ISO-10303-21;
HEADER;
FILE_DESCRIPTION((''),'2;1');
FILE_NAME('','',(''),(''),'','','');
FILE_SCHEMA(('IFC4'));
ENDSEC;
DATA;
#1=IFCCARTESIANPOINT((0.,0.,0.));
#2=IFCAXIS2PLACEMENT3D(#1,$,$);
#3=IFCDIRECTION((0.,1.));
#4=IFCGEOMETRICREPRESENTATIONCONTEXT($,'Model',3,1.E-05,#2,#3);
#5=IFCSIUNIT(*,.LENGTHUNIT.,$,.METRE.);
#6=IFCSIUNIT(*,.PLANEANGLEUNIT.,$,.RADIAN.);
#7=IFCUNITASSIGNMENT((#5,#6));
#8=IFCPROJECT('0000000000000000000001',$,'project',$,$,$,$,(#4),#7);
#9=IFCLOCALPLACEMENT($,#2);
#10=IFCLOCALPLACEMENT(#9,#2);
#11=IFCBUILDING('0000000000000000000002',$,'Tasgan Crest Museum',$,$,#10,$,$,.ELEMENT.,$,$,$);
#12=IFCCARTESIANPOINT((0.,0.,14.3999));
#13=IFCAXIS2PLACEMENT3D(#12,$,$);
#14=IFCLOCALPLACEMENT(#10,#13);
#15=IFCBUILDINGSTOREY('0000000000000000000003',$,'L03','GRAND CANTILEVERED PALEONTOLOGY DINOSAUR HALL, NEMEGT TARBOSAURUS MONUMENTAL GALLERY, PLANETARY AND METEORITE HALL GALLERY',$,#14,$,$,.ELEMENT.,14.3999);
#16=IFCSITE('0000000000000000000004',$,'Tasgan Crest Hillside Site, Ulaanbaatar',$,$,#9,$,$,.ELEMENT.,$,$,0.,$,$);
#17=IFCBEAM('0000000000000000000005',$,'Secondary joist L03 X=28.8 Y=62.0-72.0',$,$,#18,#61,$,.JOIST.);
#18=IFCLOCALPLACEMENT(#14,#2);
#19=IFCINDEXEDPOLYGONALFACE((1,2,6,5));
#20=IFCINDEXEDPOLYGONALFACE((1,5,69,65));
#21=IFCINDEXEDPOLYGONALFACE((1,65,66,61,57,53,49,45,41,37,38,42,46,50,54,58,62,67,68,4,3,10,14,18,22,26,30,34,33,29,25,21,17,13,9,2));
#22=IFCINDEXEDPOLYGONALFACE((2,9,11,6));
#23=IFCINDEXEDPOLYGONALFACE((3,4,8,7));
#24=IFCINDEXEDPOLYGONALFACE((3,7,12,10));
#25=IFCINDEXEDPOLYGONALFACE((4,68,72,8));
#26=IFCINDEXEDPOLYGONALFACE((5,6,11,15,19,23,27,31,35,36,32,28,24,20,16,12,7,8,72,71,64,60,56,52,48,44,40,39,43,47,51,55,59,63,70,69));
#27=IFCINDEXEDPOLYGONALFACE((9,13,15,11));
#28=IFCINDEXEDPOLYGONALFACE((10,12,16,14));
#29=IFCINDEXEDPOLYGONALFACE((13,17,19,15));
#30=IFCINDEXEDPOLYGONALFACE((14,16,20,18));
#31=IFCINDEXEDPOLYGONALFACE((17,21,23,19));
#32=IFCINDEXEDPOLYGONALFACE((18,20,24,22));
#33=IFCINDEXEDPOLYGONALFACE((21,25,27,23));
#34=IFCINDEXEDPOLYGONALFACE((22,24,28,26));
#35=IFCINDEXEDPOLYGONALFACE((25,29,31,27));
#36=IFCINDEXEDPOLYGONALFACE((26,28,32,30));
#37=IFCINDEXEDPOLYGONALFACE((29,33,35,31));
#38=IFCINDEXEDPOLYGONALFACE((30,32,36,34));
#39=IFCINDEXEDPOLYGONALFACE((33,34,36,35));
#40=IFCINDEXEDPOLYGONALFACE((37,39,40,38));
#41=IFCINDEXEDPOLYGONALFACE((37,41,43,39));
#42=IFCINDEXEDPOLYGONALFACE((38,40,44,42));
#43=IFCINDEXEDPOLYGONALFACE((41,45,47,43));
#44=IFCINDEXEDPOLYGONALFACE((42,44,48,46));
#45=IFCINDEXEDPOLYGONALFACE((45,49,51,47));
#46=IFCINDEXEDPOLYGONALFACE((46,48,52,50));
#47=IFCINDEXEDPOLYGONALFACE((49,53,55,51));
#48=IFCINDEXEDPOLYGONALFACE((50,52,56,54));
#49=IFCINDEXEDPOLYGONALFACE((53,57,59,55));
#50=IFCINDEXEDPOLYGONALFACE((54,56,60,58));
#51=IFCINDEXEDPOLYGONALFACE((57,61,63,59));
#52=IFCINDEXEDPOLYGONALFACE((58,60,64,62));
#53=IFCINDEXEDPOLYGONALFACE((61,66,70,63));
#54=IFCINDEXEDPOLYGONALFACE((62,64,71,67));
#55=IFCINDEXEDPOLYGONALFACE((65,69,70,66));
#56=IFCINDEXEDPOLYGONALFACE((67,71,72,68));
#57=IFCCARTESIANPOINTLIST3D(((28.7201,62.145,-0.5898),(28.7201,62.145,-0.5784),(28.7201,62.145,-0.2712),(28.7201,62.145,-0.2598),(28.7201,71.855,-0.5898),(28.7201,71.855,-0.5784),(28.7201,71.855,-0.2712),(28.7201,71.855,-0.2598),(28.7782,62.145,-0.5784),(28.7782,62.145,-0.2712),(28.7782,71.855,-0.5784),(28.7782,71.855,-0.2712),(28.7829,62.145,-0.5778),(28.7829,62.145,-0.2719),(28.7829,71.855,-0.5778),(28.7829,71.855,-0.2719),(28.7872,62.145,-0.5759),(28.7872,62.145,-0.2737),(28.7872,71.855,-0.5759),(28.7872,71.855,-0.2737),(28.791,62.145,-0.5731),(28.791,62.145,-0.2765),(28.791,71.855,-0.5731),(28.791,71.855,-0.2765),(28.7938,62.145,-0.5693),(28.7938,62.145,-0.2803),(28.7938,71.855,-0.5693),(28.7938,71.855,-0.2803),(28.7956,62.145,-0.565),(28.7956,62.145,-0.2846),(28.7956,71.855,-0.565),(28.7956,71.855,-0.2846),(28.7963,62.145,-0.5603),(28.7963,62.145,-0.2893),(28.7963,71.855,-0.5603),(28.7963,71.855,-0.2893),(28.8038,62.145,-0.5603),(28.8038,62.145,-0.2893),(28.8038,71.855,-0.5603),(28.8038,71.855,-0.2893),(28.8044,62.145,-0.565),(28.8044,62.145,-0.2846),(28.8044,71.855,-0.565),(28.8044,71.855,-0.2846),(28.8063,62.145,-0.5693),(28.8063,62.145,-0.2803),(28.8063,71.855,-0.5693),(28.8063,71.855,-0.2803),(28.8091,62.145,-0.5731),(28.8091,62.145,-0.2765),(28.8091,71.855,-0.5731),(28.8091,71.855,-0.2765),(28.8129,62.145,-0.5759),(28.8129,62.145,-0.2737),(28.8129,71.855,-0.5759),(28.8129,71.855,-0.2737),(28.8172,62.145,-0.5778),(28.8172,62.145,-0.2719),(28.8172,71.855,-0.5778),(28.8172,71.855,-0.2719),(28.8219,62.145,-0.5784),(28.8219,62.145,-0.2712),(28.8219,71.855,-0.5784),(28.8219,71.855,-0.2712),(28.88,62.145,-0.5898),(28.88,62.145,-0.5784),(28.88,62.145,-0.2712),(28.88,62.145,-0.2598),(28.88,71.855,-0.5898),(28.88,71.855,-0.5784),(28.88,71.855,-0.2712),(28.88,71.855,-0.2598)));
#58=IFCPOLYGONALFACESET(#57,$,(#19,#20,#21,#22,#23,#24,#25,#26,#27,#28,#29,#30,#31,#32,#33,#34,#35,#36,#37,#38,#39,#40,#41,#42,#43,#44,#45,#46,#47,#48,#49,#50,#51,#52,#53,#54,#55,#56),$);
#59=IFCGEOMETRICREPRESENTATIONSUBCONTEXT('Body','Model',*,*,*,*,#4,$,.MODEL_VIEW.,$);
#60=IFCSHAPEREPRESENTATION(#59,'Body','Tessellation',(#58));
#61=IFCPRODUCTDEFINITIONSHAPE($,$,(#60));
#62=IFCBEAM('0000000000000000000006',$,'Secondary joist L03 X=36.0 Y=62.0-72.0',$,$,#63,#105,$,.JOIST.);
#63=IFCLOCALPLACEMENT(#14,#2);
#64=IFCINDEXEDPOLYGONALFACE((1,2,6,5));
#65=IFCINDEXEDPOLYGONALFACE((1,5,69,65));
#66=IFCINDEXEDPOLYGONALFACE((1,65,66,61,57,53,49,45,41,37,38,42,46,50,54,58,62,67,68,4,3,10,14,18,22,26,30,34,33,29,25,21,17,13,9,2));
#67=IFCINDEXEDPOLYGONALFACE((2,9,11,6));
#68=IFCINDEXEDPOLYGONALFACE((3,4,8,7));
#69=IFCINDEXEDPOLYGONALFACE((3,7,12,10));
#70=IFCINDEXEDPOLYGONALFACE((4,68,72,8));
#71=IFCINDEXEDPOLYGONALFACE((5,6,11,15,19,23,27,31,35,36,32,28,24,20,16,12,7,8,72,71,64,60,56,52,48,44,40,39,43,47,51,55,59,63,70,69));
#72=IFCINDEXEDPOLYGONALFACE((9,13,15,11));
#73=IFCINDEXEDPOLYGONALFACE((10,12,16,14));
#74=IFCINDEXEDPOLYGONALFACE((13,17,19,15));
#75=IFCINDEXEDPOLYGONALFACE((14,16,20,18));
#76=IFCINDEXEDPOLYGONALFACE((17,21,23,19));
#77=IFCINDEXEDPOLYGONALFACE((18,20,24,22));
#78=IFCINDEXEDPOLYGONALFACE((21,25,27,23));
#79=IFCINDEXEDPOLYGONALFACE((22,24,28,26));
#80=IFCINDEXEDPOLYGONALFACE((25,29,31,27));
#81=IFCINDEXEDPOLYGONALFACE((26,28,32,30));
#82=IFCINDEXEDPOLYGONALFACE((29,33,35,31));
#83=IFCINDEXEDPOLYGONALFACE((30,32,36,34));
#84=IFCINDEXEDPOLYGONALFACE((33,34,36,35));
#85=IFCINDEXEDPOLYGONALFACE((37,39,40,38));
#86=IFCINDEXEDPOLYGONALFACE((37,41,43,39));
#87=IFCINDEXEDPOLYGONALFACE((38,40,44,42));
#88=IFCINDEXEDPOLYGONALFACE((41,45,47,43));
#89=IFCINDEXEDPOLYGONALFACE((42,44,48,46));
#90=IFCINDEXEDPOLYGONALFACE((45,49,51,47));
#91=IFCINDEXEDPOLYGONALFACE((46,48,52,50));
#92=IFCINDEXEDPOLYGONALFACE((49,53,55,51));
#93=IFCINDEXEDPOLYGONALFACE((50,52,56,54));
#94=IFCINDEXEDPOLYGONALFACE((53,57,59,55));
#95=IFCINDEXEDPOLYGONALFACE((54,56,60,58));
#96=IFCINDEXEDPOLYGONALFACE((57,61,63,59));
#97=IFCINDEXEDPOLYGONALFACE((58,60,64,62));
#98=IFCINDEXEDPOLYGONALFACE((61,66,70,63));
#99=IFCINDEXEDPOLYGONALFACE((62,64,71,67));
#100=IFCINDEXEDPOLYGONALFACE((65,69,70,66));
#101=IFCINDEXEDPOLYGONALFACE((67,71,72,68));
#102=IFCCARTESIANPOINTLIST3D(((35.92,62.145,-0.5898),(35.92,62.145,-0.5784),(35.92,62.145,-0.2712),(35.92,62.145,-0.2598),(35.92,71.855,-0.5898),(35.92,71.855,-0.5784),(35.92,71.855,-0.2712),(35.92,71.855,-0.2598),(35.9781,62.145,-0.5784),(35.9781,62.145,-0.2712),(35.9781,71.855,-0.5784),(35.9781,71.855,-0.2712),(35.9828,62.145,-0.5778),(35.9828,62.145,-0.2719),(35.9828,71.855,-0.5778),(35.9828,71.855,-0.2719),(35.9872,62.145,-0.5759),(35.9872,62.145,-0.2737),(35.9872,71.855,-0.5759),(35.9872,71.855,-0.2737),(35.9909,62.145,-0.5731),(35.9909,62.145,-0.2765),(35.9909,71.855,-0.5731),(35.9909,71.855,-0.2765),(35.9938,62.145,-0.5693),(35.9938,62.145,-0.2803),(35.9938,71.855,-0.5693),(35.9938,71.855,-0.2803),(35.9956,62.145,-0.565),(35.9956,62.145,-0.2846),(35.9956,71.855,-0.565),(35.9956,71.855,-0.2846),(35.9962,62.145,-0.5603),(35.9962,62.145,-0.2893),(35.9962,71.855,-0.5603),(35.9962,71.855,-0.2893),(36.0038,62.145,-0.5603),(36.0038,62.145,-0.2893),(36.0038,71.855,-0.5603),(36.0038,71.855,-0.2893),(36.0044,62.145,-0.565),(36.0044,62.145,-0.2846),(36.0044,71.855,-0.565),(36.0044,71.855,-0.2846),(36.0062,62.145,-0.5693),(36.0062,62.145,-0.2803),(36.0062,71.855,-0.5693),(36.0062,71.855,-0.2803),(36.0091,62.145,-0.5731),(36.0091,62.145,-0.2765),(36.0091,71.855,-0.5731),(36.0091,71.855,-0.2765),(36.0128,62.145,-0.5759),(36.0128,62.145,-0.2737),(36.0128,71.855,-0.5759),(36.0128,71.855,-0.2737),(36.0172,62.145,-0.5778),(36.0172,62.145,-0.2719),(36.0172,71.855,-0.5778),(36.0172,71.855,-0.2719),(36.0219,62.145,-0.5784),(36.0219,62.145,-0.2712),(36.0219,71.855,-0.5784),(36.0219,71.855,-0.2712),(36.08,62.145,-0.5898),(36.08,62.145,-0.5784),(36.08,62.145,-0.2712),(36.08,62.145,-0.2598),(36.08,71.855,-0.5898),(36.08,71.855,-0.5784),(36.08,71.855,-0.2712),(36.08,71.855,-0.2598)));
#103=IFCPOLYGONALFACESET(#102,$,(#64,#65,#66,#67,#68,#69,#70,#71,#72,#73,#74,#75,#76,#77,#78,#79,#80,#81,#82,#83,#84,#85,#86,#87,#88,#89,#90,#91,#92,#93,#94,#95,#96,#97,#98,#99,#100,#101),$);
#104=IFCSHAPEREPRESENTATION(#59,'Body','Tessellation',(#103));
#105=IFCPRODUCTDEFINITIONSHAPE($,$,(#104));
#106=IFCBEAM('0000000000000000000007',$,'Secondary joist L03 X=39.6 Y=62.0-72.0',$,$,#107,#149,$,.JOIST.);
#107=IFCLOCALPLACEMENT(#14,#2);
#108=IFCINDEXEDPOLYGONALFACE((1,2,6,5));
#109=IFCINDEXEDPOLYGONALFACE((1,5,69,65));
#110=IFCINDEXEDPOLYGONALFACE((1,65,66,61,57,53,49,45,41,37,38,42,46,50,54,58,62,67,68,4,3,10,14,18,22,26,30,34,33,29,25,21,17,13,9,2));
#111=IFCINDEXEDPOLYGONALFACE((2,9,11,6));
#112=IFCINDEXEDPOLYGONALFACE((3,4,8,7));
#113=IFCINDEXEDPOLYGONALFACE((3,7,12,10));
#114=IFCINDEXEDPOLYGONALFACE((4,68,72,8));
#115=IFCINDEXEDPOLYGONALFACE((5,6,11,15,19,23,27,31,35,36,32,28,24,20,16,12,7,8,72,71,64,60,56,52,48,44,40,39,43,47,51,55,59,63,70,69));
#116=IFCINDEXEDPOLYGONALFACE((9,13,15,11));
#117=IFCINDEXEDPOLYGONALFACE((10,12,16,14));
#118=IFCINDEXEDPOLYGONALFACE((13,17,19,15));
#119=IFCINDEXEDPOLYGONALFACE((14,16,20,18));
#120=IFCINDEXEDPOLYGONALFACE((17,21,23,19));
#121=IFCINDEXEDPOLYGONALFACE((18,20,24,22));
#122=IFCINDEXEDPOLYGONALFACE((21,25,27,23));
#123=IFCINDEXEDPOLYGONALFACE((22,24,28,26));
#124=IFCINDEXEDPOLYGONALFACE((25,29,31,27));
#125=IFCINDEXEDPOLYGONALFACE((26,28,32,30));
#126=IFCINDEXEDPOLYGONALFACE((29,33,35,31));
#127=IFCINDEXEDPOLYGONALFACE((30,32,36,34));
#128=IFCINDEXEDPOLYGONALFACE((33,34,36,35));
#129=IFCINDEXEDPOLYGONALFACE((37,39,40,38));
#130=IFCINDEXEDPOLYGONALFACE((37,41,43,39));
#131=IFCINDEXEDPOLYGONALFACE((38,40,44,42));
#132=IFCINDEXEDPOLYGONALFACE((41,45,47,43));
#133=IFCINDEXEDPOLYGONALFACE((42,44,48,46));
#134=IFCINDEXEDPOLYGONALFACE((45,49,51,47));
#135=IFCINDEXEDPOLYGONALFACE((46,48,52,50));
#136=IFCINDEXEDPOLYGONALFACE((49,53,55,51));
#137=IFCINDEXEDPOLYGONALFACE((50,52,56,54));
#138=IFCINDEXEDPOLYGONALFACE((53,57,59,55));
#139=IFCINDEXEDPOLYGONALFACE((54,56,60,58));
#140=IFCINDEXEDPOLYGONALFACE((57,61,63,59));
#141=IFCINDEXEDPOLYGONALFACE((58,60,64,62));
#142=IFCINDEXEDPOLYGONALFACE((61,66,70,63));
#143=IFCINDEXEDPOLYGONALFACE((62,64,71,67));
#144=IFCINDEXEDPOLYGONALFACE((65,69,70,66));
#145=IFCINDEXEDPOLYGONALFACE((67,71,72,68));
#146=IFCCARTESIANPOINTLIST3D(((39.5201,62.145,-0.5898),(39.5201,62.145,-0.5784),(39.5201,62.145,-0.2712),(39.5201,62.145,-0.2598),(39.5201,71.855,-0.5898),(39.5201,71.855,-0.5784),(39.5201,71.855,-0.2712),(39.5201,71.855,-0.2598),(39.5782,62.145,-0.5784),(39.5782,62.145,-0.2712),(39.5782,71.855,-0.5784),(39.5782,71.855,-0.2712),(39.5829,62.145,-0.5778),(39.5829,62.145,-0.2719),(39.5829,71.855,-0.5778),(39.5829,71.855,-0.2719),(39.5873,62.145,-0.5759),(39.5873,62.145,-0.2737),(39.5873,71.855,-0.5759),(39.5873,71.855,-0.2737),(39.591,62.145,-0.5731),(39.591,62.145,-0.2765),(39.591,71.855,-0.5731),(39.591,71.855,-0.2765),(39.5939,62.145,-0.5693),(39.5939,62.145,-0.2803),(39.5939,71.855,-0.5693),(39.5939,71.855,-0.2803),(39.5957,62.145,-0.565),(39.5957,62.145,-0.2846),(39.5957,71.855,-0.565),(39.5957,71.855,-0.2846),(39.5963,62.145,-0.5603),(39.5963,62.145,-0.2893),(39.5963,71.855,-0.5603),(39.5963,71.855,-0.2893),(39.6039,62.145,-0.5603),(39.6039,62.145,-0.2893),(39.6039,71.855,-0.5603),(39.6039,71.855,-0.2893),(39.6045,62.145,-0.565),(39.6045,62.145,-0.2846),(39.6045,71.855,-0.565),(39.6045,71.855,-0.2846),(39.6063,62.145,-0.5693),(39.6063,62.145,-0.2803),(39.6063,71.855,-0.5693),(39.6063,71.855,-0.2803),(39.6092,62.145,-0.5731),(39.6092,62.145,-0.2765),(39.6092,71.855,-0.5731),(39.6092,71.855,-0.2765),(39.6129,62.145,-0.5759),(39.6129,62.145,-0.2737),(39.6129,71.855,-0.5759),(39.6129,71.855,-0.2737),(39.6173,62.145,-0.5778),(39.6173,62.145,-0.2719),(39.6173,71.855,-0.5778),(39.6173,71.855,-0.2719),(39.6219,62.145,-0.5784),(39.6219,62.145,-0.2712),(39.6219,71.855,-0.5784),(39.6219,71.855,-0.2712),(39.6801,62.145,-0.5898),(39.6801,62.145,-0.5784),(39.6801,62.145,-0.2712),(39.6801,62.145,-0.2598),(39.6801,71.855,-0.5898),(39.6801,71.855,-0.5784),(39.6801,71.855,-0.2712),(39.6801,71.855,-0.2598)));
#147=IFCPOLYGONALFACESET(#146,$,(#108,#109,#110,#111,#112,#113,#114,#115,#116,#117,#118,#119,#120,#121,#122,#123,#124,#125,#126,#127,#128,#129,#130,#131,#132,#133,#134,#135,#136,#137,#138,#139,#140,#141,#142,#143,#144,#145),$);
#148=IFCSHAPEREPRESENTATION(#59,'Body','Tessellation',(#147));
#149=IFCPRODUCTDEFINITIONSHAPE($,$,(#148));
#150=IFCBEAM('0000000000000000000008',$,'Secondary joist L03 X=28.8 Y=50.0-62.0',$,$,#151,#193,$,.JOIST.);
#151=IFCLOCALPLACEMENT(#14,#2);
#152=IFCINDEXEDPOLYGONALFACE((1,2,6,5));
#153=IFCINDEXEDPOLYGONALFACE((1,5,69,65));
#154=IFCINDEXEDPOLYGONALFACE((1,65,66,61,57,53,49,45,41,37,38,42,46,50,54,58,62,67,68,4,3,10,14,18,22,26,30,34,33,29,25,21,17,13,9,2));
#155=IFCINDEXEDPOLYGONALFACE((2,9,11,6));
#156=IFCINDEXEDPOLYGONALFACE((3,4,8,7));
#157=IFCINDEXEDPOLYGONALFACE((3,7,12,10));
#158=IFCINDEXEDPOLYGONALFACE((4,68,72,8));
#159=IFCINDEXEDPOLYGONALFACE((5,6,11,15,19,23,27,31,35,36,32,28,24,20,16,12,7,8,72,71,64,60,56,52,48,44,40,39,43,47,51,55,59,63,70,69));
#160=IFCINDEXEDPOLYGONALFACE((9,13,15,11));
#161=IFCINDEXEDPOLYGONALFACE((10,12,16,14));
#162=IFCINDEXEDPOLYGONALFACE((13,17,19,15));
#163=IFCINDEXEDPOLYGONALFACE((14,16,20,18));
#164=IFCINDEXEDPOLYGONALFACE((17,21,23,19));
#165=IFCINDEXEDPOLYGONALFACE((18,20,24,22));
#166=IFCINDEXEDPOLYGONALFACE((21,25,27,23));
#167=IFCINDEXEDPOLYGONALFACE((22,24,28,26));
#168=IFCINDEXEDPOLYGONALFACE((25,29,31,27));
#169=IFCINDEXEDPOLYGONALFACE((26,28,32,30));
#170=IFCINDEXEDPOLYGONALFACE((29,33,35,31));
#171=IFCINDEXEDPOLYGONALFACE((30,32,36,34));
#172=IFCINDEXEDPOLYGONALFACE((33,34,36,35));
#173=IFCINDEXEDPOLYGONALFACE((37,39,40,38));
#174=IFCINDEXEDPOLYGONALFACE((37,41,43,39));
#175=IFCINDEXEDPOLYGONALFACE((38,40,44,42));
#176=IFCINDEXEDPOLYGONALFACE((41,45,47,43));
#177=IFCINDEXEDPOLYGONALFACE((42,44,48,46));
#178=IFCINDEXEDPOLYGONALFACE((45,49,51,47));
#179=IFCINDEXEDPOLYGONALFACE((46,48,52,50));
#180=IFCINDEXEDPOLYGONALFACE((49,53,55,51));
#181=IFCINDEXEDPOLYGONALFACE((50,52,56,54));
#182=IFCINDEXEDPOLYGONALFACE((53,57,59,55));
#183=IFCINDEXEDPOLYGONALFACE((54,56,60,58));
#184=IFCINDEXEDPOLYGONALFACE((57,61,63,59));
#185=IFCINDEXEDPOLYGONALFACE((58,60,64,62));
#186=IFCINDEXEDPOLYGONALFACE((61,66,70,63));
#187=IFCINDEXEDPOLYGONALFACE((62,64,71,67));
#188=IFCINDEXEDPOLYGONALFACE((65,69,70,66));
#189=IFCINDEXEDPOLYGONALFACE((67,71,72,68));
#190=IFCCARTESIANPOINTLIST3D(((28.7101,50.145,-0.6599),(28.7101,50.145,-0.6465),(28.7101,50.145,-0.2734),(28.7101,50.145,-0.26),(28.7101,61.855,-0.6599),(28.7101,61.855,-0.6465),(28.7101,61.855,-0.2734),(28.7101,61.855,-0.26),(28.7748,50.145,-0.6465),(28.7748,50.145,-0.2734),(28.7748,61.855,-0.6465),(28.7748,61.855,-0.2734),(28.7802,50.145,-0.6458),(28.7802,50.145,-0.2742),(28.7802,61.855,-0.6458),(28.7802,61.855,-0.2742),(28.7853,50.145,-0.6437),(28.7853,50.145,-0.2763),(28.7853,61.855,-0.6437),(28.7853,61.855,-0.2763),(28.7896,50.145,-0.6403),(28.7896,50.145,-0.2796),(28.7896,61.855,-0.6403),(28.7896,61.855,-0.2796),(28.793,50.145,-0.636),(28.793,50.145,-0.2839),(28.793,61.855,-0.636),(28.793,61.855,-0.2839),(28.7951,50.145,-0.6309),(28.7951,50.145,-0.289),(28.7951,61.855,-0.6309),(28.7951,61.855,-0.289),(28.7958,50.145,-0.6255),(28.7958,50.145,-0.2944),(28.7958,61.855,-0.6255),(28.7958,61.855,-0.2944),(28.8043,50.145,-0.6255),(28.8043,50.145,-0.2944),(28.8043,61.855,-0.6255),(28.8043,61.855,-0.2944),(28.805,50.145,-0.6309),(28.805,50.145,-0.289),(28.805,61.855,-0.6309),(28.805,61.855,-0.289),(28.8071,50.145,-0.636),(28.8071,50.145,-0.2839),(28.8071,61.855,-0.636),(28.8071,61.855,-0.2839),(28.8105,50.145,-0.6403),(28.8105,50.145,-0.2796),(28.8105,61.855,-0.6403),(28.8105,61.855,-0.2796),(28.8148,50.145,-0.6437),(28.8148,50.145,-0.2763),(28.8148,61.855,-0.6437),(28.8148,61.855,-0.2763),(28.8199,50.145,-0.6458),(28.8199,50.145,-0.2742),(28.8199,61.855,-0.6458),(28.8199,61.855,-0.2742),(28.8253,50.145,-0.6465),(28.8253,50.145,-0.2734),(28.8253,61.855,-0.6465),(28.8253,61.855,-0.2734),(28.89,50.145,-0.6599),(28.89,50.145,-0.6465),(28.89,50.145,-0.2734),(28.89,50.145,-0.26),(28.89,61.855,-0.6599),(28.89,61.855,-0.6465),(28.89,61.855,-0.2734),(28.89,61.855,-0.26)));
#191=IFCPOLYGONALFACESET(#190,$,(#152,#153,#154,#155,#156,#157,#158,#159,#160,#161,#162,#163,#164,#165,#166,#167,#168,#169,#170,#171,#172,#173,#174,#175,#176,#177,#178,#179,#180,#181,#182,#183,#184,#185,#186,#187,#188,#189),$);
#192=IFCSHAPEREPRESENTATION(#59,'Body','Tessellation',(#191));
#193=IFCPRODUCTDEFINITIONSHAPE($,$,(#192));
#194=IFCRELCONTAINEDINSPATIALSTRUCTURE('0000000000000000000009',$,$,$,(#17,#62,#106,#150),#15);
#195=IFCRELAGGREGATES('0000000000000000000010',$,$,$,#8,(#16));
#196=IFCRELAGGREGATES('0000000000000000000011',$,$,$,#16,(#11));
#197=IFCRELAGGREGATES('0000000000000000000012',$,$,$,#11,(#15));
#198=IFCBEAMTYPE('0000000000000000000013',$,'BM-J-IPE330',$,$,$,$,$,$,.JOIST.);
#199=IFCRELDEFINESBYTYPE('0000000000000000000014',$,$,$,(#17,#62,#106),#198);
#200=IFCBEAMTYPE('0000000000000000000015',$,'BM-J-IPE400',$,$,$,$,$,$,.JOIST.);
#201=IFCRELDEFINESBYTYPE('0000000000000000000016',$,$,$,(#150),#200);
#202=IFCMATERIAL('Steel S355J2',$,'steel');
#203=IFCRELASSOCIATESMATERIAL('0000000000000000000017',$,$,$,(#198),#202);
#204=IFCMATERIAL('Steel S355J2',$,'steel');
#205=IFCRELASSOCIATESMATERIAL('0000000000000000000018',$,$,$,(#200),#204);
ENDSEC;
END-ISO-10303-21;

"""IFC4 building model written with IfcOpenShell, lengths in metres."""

from ifc_helpers import new_model, si_unit, direction, frame, origin, origin_2d, place, context, subcontext, project, spatial, i_section, extrude, material, material_profile, profile_set, type_object, element, save


model = new_model("IFC4")

# Units and contexts
model_context = context("Model", 3, precision=1e-05, world=origin(), true_north=direction((0.0, 1.0)))
body_context = subcontext(model_context, "Body", "Model", "MODEL_VIEW")
ifc_project = project(units=[si_unit("LENGTHUNIT", "METRE"), si_unit("PLANEANGLEUNIT", "RADIAN")], contexts=[model_context])

# Site, building, storey
site_placement = place(None, origin())
site = spatial("IfcSite", under=ifc_project, at=site_placement, Name="Tasgan Crest Hillside Site, Ulaanbaatar", CompositionType="ELEMENT", RefElevation=0.0)
building_placement = place(site_placement, origin())
building = spatial("IfcBuilding", under=site, at=building_placement, Name="Tasgan Crest Museum", CompositionType="ELEMENT")
storey_placement = place(building_placement, frame((0.0, 0.0, 14.3999)))
storey = spatial("IfcBuildingStorey", under=building, at=storey_placement, Name="L03", Description="GRAND CANTILEVERED PALEONTOLOGY DINOSAUR HALL, NEMEGT TARBOSAURUS MONUMENTAL GALLERY, PLANETARY AND METEORITE HALL GALLERY", CompositionType="ELEMENT", Elevation=14.3999)

# Beams
ifc_material_1 = material(Name="Steel S355J2", Category="steel")
ifc_material_profile_1 = material_profile(ifc_material_1, i_section(OverallWidth=0.1599, OverallDepth=0.3301, WebThickness=0.0076, FlangeThickness=0.0115, FilletRadius=0.0181, at=origin_2d()), Name="IPE 330")
ifc_profile_set_1 = profile_set([ifc_material_profile_1], Name="Steel S355J2")
beam_type_1 = type_object("IfcBeamType", Name="BM-J-IPE330", PredefinedType="JOIST", material=ifc_profile_set_1)
for number, where, z_axis, x_axis, name in (
    (1, (28.8, 62.145, -0.4248), (0.0, 1.0, 0.0), (-1.0, 0.0, 0.0), "Secondary joist L03 X=28.8 Y=62.0-72.0"),
    (2, (36.0, 62.145, -0.4248), (0.0, 1.0, 0.0), (-1.0, 0.0, 0.0), "Secondary joist L03 X=36.0 Y=62.0-72.0"),
    (3, (39.6001, 62.145, -0.4248), (0.0, 1.0, 0.0), (-1.0, 0.0, 0.0), "Secondary joist L03 X=39.6 Y=62.0-72.0"),
):
    element("IfcBeam", number, at=place(storey_placement, frame(where, z_axis=z_axis, x_axis=x_axis)), inside=storey, type_object=beam_type_1, Name=name, PredefinedType="JOIST", context=body_context, shape_type="SweptSolid", body=[
        extrude(i_section(OverallWidth=0.1599, OverallDepth=0.3301, WebThickness=0.0076, FlangeThickness=0.0115, FilletRadius=0.0181, at=origin_2d()), origin(), (0.0, 0.0, 1.0), 9.71),
    ])
ifc_material_2 = material(Name="Steel S355J2", Category="steel")
ifc_material_profile_2 = material_profile(ifc_material_2, i_section(OverallWidth=0.1799, OverallDepth=0.3999, WebThickness=0.0085, FlangeThickness=0.0134, FilletRadius=0.021, at=origin_2d()), Name="IPE 400")
ifc_profile_set_2 = profile_set([ifc_material_profile_2], Name="Steel S355J2")
beam_type_2 = type_object("IfcBeamType", Name="BM-J-IPE400", PredefinedType="JOIST", material=ifc_profile_set_2)
for number, where, z_axis, x_axis, name in (
    (4, (28.8, 50.145, -0.46), (0.0, 1.0, 0.0), (-1.0, 0.0, 0.0), "Secondary joist L03 X=28.8 Y=50.0-62.0"),
):
    element("IfcBeam", number, at=place(storey_placement, frame(where, z_axis=z_axis, x_axis=x_axis)), inside=storey, type_object=beam_type_2, Name=name, PredefinedType="JOIST", context=body_context, shape_type="SweptSolid", body=[
        extrude(i_section(OverallWidth=0.1799, OverallDepth=0.3999, WebThickness=0.0085, FlangeThickness=0.0134, FilletRadius=0.021, at=origin_2d()), origin(), (0.0, 0.0, 1.0), 11.71),
    ])

save(model, "model.ifc")
